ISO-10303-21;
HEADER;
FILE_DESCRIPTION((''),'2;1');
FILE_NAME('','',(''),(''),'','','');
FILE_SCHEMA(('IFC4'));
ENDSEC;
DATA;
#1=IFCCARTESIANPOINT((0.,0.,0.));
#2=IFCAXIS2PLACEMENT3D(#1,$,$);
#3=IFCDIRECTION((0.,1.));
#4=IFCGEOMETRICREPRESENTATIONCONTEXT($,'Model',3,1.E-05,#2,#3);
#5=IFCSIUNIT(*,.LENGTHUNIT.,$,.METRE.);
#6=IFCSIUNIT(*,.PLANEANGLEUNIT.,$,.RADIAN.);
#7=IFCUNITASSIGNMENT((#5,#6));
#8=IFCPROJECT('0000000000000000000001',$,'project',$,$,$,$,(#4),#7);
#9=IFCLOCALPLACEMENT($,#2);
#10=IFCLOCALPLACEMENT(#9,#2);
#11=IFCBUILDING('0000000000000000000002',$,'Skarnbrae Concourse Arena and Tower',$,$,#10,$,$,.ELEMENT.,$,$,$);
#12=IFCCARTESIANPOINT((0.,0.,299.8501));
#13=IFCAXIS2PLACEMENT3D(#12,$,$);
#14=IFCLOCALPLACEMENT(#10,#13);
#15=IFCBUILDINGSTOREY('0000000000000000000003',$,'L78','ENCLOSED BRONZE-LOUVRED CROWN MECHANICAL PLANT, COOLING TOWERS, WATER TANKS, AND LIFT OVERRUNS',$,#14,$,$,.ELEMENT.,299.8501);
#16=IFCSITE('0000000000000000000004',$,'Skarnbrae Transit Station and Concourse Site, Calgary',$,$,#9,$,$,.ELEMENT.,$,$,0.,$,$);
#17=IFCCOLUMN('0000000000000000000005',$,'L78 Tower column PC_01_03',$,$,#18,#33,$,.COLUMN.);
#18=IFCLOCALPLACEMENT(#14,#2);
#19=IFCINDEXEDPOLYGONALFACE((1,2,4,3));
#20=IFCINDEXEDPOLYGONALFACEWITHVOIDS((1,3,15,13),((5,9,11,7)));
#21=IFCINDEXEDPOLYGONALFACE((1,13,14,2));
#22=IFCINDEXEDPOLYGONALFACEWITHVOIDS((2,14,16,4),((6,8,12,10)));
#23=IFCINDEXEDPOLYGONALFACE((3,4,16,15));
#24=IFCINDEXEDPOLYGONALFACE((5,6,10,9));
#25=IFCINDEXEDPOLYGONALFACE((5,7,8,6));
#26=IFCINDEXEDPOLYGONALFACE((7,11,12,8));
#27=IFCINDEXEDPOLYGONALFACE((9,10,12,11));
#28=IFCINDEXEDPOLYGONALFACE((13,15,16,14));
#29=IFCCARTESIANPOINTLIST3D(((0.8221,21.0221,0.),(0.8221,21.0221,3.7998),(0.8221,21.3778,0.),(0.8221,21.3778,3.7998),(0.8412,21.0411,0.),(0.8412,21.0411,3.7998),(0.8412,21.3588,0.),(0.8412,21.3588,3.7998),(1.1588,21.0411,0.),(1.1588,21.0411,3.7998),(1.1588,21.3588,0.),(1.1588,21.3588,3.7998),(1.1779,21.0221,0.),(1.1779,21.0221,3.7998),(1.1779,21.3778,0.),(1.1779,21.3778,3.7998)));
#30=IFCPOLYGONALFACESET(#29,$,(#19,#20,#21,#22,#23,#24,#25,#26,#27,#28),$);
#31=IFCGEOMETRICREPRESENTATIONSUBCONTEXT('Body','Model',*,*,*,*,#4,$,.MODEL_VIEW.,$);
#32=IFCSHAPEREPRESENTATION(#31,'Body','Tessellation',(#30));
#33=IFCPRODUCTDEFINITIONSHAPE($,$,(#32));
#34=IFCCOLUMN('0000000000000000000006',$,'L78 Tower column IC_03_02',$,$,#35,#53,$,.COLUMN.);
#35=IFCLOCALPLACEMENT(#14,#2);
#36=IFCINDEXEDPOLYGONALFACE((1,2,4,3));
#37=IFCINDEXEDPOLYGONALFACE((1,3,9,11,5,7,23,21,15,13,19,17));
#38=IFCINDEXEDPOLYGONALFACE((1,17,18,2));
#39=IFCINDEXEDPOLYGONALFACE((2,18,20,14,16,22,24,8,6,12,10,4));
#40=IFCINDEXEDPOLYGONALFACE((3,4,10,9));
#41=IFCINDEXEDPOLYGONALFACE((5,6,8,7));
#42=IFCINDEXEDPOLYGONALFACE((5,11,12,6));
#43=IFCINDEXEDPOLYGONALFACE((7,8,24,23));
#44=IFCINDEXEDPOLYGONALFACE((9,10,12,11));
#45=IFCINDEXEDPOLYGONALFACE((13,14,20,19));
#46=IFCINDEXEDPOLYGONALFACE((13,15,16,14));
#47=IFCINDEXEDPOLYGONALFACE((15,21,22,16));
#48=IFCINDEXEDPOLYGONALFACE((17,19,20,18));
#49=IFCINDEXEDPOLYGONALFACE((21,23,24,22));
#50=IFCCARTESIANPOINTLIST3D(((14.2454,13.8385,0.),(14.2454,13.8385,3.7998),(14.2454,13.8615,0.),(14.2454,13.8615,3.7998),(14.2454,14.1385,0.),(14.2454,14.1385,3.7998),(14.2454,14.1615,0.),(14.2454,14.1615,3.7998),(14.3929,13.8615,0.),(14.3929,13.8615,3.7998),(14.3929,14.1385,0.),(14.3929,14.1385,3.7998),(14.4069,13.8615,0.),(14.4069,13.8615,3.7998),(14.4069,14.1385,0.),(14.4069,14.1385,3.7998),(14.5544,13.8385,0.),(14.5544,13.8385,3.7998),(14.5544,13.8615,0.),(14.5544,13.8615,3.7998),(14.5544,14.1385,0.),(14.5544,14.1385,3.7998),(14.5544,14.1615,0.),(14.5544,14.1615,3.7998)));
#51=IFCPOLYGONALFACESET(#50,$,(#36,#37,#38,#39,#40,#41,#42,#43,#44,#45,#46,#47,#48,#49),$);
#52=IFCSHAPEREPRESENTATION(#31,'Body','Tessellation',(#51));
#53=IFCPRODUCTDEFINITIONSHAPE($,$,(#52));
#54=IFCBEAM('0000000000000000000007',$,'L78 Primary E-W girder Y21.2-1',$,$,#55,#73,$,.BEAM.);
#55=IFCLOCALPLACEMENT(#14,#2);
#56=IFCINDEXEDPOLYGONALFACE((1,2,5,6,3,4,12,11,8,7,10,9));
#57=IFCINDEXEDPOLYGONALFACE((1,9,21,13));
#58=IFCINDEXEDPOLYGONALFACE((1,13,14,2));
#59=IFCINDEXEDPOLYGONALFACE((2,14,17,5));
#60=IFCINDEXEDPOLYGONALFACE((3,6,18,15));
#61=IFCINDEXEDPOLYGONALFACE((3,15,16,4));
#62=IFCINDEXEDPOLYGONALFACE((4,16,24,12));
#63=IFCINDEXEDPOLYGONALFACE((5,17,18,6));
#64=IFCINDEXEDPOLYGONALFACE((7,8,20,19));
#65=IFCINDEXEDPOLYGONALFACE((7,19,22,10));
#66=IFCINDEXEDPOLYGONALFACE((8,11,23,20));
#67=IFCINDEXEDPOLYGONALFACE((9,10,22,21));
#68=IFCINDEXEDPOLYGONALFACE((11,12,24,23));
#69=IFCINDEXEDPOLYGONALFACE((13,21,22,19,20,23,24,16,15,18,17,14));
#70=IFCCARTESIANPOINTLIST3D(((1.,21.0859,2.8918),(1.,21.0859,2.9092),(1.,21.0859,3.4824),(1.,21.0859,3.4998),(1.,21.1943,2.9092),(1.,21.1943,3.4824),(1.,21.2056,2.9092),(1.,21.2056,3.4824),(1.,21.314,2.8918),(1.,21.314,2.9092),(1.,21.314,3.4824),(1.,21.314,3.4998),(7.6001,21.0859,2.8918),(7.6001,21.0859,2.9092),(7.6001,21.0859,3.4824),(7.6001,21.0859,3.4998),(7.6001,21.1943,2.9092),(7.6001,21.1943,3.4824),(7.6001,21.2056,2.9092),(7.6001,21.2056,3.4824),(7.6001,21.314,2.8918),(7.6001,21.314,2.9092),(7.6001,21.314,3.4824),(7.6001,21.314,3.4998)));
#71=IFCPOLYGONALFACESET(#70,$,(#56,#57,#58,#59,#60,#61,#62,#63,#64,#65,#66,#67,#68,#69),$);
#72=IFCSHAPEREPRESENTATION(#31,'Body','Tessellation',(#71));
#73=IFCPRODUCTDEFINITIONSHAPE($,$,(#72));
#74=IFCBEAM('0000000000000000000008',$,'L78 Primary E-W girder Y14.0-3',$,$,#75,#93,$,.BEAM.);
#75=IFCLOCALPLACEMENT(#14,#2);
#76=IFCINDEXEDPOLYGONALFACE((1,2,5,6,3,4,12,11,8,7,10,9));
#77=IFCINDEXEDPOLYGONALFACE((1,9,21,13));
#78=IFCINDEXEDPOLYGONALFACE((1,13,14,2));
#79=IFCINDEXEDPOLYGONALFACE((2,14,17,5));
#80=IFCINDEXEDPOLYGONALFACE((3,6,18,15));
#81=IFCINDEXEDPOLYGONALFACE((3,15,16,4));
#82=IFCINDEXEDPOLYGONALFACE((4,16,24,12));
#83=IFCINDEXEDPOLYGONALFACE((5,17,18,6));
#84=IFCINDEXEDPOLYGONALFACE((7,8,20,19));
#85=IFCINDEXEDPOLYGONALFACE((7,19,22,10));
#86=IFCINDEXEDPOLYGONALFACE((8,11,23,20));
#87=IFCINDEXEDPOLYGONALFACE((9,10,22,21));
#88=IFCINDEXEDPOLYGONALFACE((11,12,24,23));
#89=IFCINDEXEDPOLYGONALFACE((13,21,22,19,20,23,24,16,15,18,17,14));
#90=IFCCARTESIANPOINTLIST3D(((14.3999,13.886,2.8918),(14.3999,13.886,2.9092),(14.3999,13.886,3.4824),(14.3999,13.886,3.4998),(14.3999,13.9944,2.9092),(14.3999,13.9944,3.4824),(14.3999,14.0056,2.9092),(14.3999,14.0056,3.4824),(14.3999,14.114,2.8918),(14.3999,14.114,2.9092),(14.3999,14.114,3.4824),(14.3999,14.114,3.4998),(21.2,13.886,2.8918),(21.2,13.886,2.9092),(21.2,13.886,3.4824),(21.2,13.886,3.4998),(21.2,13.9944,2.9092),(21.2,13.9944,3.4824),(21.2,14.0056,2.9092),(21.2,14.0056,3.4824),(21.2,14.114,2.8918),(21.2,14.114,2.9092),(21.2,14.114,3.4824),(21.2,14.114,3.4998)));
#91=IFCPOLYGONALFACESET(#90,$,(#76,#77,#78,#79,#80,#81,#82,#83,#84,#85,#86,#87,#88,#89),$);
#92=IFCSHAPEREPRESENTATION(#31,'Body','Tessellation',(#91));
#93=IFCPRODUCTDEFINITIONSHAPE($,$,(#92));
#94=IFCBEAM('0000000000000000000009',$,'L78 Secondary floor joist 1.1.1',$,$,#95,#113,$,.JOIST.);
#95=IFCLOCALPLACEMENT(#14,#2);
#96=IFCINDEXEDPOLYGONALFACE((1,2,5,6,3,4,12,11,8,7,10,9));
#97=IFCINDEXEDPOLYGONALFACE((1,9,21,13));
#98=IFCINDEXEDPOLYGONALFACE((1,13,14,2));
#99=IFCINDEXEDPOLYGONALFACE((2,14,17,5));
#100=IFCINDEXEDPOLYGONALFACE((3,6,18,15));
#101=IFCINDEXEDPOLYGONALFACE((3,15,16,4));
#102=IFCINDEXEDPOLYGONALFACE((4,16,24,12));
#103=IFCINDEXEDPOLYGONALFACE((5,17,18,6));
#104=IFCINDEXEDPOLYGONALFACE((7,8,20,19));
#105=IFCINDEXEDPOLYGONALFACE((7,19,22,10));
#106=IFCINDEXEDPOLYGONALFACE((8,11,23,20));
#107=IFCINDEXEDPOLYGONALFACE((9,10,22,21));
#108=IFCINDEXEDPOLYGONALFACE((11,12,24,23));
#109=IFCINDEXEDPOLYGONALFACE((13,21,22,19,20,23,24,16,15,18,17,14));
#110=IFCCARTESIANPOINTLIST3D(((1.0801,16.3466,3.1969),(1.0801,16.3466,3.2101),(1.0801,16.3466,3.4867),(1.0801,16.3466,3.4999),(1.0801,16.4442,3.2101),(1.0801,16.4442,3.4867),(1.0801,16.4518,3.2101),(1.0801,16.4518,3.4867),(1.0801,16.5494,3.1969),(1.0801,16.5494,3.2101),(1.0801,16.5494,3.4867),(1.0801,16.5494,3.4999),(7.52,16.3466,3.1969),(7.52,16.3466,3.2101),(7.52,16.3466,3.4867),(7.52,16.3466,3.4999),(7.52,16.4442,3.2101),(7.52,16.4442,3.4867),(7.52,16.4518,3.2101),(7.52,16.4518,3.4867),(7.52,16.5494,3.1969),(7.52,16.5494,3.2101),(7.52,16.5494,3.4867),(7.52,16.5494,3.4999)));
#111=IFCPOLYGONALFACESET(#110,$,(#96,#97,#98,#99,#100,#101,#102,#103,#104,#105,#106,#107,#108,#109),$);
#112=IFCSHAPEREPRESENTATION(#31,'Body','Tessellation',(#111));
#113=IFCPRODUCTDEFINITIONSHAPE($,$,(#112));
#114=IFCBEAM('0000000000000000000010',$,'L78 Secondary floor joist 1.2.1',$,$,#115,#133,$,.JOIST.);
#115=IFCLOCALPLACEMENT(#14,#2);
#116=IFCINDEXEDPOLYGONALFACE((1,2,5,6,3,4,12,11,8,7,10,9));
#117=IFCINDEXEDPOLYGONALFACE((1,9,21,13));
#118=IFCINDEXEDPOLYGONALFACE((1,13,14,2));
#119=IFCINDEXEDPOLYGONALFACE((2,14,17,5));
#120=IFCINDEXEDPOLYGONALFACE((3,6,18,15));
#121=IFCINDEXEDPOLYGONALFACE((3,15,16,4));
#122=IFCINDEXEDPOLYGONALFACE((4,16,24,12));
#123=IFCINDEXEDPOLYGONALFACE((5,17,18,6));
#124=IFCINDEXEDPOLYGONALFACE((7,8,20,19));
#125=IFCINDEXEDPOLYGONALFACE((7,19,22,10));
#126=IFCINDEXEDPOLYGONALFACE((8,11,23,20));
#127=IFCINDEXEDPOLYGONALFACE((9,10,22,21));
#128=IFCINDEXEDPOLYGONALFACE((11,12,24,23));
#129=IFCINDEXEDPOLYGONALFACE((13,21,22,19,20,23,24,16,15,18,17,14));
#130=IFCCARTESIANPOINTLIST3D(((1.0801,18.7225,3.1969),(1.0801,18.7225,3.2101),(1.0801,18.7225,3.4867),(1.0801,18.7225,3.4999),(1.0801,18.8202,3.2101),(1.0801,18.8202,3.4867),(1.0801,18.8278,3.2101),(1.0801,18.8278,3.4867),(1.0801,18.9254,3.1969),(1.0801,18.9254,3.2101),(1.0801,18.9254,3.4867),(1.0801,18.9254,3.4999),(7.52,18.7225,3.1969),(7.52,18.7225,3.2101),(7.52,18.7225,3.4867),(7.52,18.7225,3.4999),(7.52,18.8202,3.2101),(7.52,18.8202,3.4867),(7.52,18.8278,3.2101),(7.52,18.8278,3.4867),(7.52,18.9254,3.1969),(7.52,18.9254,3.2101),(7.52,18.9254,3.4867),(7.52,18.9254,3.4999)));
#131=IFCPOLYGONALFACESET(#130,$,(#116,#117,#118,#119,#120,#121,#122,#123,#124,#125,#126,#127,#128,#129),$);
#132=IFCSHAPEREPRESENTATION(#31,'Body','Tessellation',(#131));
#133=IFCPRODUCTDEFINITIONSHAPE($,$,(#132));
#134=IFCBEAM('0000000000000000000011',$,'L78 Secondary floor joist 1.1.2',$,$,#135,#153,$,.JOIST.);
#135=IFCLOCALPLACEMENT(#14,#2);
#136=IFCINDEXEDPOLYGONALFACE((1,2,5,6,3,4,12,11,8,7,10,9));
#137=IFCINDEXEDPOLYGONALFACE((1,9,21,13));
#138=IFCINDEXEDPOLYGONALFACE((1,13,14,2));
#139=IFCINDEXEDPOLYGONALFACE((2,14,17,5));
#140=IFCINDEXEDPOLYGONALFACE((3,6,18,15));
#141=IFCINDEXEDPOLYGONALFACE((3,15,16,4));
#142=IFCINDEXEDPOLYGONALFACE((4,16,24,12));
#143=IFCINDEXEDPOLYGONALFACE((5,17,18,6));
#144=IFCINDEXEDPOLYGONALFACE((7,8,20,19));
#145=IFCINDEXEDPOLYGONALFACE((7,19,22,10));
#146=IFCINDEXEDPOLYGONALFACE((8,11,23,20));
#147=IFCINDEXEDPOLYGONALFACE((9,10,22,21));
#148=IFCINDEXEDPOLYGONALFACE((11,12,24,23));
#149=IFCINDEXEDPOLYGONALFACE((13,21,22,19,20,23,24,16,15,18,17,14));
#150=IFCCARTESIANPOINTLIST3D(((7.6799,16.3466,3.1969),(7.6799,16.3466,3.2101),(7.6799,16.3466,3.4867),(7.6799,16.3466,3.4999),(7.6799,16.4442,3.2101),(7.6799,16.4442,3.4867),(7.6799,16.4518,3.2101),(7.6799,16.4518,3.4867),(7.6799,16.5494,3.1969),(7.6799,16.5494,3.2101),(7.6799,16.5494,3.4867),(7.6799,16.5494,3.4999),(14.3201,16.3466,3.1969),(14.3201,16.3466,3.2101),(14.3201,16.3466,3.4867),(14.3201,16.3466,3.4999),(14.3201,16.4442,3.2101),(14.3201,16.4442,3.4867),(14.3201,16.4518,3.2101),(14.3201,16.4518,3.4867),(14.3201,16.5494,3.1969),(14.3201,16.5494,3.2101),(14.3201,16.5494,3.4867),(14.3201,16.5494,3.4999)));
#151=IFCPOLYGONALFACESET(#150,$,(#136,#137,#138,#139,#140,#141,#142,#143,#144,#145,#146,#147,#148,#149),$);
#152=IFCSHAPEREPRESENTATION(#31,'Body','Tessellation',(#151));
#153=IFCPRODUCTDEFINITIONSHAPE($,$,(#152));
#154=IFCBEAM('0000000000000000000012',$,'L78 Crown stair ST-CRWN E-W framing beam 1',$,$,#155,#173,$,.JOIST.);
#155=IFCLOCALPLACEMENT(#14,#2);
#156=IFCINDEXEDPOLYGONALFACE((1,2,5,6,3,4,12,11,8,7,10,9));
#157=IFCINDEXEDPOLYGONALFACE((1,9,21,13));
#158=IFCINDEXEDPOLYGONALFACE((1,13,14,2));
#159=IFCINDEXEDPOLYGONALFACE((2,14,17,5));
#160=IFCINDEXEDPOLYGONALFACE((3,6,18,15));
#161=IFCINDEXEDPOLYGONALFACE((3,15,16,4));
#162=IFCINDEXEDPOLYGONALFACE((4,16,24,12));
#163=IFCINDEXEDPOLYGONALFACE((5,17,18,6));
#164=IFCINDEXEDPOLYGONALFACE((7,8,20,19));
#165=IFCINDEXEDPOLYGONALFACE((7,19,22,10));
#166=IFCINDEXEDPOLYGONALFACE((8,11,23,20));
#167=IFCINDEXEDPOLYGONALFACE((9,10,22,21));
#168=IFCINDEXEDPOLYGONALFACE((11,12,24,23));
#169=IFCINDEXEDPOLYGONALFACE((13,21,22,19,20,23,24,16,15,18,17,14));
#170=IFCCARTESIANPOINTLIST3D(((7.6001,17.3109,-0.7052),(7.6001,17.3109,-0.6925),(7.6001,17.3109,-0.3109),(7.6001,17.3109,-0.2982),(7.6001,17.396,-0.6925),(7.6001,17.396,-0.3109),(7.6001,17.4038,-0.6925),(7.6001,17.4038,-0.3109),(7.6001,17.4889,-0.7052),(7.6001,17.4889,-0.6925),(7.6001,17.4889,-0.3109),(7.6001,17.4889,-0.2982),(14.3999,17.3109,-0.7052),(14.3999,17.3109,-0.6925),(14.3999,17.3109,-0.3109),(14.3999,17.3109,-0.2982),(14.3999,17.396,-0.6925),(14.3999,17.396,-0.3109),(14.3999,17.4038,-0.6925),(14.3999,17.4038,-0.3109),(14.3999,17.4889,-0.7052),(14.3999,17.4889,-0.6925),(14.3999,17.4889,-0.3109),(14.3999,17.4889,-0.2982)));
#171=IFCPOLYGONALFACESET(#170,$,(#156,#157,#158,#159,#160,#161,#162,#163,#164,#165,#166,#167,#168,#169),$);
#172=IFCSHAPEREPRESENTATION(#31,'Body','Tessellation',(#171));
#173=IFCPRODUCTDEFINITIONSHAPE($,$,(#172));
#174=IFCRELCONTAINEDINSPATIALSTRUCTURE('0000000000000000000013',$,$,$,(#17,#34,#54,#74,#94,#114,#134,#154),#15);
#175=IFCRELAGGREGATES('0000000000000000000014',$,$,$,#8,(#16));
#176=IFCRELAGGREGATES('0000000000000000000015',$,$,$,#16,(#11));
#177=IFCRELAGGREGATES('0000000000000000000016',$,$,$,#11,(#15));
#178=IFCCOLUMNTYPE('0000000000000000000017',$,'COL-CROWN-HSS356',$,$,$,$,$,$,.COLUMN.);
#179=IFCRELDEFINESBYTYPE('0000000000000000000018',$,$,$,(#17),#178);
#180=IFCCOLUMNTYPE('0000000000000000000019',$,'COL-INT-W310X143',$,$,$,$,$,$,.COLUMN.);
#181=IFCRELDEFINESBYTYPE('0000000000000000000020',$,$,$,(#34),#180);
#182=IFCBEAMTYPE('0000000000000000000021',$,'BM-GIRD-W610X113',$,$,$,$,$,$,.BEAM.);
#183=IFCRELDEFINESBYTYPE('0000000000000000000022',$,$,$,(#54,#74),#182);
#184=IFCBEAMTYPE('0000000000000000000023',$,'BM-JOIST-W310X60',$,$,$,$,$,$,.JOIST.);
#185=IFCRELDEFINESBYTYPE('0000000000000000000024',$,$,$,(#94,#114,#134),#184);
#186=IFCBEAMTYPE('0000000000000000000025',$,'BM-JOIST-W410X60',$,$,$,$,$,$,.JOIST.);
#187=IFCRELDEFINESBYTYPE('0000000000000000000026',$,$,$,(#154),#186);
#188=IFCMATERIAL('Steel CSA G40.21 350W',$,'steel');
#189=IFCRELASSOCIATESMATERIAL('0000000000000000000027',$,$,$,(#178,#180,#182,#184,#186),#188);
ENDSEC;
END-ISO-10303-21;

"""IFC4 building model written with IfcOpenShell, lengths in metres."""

from ifc_helpers import new_model, si_unit, direction, frame, origin, origin_2d, place, context, subcontext, project, spatial, hollow_rectangle, i_section, extrude, source, transform, mapped, material, material_profile, profile_set, type_object, element, save


model = new_model("IFC4")

# Units and contexts
model_context = context("Model", 3, precision=1e-05, world=origin(), true_north=direction((0.0, 1.0)))
body_context = subcontext(model_context, "Body", "Model", "MODEL_VIEW")
ifc_project = project(units=[si_unit("LENGTHUNIT", "METRE"), si_unit("PLANEANGLEUNIT", "RADIAN")], contexts=[model_context])

# Site, building, storey
site_placement = place(None, origin())
site = spatial("IfcSite", under=ifc_project, at=site_placement, Name="Skarnbrae Transit Station and Concourse Site, Calgary", CompositionType="ELEMENT", RefElevation=0.0)
building_placement = place(site_placement, origin())
building = spatial("IfcBuilding", under=site, at=building_placement, Name="Skarnbrae Concourse Arena and Tower", CompositionType="ELEMENT")
storey_placement = place(building_placement, frame((0.0, 0.0, 299.8501)))
storey = spatial("IfcBuildingStorey", under=building, at=storey_placement, Name="L78", Description="ENCLOSED BRONZE-LOUVRED CROWN MECHANICAL PLANT, COOLING TOWERS, WATER TANKS, AND LIFT OVERRUNS", CompositionType="ELEMENT", Elevation=299.8501)

# Columns
ifc_material_1 = material(Name="Steel CSA G40.21 350W", Category="steel")
ifc_material_profile_1 = material_profile(ifc_material_1, hollow_rectangle(XDim=0.3557, YDim=0.3557, WallThickness=0.019, at=origin_2d()), Name="HSS356X356X19.0")
ifc_profile_set_1 = profile_set([ifc_material_profile_1], Name="Steel CSA G40.21 350W")
column_type_1 = type_object("IfcColumnType", Name="COL-CROWN-HSS356", PredefinedType="COLUMN", material=ifc_profile_set_1)
shared_shape_1 = source(origin(), body_context, "Body", "SweptSolid", [
    extrude(hollow_rectangle(XDim=0.3557, YDim=0.3557, WallThickness=0.019, at=origin_2d()), origin(), (0.0, 0.0, 1.0), 3.7998),
])
column_1_placement = place(storey_placement, frame((1.0, 21.2, 0.0), z_axis=(0.0, 0.0, 1.0), x_axis=(1.0, 0.0, 0.0)))
element("IfcColumn", 1, at=column_1_placement, inside=storey, type_object=column_type_1, Name="L78 Tower column PC_01_03", PredefinedType="COLUMN", context=body_context, shape_type="MappedRepresentation", body=[
    mapped(shared_shape_1, transform((0.0, 0.0, 0.0))),
])
ifc_material_profile_2 = material_profile(ifc_material_1, i_section(OverallWidth=0.3091, OverallDepth=0.323, WebThickness=0.0139, FlangeThickness=0.0229, at=origin_2d()), Name="W310X143")
ifc_profile_set_2 = profile_set([ifc_material_profile_2], Name="Steel CSA G40.21 350W")
column_type_2 = type_object("IfcColumnType", Name="COL-INT-W310X143", PredefinedType="COLUMN", material=ifc_profile_set_2)
shared_shape_2 = source(origin(), body_context, "Body", "SweptSolid", [
    extrude(i_section(OverallWidth=0.3091, OverallDepth=0.323, WebThickness=0.0139, FlangeThickness=0.0229, at=origin_2d()), origin(), (0.0, 0.0, 1.0), 3.7998),
])
column_2_placement = place(storey_placement, frame((14.3999, 14.0, 0.0), z_axis=(0.0, 0.0, 1.0), x_axis=(1.0, 0.0, 0.0)))
element("IfcColumn", 2, at=column_2_placement, inside=storey, type_object=column_type_2, Name="L78 Tower column IC_03_02", PredefinedType="COLUMN", context=body_context, shape_type="MappedRepresentation", body=[
    mapped(shared_shape_2, transform((0.0, 0.0, 0.0))),
])

# Beams
ifc_material_profile_3 = material_profile(ifc_material_1, i_section(OverallWidth=0.228, OverallDepth=0.6079, WebThickness=0.0112, FlangeThickness=0.0173, at=origin_2d()), Name="W610X113")
ifc_profile_set_3 = profile_set([ifc_material_profile_3], Name="Steel CSA G40.21 350W")
beam_type_1 = type_object("IfcBeamType", Name="BM-GIRD-W610X113", PredefinedType="BEAM", material=ifc_profile_set_3)
shared_shape_3 = source(origin(), body_context, "Body", "SweptSolid", [
    extrude(i_section(OverallWidth=0.228, OverallDepth=0.6079, WebThickness=0.0112, FlangeThickness=0.0173, at=origin_2d()), origin(), (0.0, 0.0, 1.0), 6.6001),
])
beam_1_placement = place(storey_placement, frame((1.0, 21.2, 3.1958), z_axis=(1.0, 0.0, 0.0), x_axis=(0.0, 1.0, 0.0)))
element("IfcBeam", 3, at=beam_1_placement, inside=storey, type_object=beam_type_1, Name="L78 Primary E-W girder Y21.2-1", PredefinedType="BEAM", context=body_context, shape_type="MappedRepresentation", body=[
    mapped(shared_shape_3, transform((0.0, 0.0, 0.0))),
])
shared_shape_4 = source(origin(), body_context, "Body", "SweptSolid", [
    extrude(i_section(OverallWidth=0.228, OverallDepth=0.6079, WebThickness=0.0112, FlangeThickness=0.0173, at=origin_2d()), origin(), (0.0, 0.0, 1.0), 6.8),
])
beam_2_placement = place(storey_placement, frame((14.3999, 14.0, 3.1958), z_axis=(1.0, 0.0, 0.0), x_axis=(0.0, 1.0, 0.0)))
element("IfcBeam", 4, at=beam_2_placement, inside=storey, type_object=beam_type_1, Name="L78 Primary E-W girder Y14.0-3", PredefinedType="BEAM", context=body_context, shape_type="MappedRepresentation", body=[
    mapped(shared_shape_4, transform((0.0, 0.0, 0.0))),
])
ifc_material_profile_4 = material_profile(ifc_material_1, i_section(OverallWidth=0.2029, OverallDepth=0.303, WebThickness=0.0076, FlangeThickness=0.0132, at=origin_2d()), Name="W310X60")
ifc_profile_set_4 = profile_set([ifc_material_profile_4], Name="Steel CSA G40.21 350W")
beam_type_2 = type_object("IfcBeamType", Name="BM-JOIST-W310X60", PredefinedType="JOIST", material=ifc_profile_set_4)
shared_shape_5 = source(origin(), body_context, "Body", "SweptSolid", [
    extrude(i_section(OverallWidth=0.2029, OverallDepth=0.303, WebThickness=0.0076, FlangeThickness=0.0132, at=origin_2d()), origin(), (0.0, 0.0, 1.0), 6.4399),
])
for number, where, z_axis, x_axis, name in (
    (5, (1.0801, 16.448, 3.3484), (1.0, 0.0, 0.0), (0.0, 1.0, 0.0), "L78 Secondary floor joist 1.1.1"),
    (6, (1.0801, 18.824, 3.3484), (1.0, 0.0, 0.0), (0.0, 1.0, 0.0), "L78 Secondary floor joist 1.2.1"),
):
    element("IfcBeam", number, at=place(storey_placement, frame(where, z_axis=z_axis, x_axis=x_axis)), inside=storey, type_object=beam_type_2, Name=name, PredefinedType="JOIST", context=body_context, shape_type="MappedRepresentation", body=[
        mapped(shared_shape_5, transform((0.0, 0.0, 0.0))),
    ])
shared_shape_6 = source(origin(), body_context, "Body", "SweptSolid", [
    extrude(i_section(OverallWidth=0.2029, OverallDepth=0.303, WebThickness=0.0076, FlangeThickness=0.0132, at=origin_2d()), origin(), (0.0, 0.0, 1.0), 6.6401),
])
beam_3_placement = place(storey_placement, frame((7.6799, 16.448, 3.3484), z_axis=(1.0, 0.0, 0.0), x_axis=(0.0, 1.0, 0.0)))
element("IfcBeam", 7, at=beam_3_placement, inside=storey, type_object=beam_type_2, Name="L78 Secondary floor joist 1.1.2", PredefinedType="JOIST", context=body_context, shape_type="MappedRepresentation", body=[
    mapped(shared_shape_6, transform((0.0, 0.0, 0.0))),
])
ifc_material_profile_5 = material_profile(ifc_material_1, i_section(OverallWidth=0.178, OverallDepth=0.407, WebThickness=0.0078, FlangeThickness=0.0127, at=origin_2d()), Name="W410X60")
ifc_profile_set_5 = profile_set([ifc_material_profile_5], Name="Steel CSA G40.21 350W")
beam_type_3 = type_object("IfcBeamType", Name="BM-JOIST-W410X60", PredefinedType="JOIST", material=ifc_profile_set_5)
shared_shape_7 = source(origin(), body_context, "Body", "SweptSolid", [
    extrude(i_section(OverallWidth=0.178, OverallDepth=0.407, WebThickness=0.0078, FlangeThickness=0.0127, at=origin_2d()), origin(), (0.0, 0.0, 1.0), 6.7998),
])
for number, where, z_axis, x_axis, name in (
    (8, (7.6001, 17.3999, -0.5017), (1.0, 0.0, 0.0), (0.0, 1.0, 0.0), "L78 Crown stair ST-CRWN E-W framing beam 1"),
):
    element("IfcBeam", number, at=place(storey_placement, frame(where, z_axis=z_axis, x_axis=x_axis)), inside=storey, type_object=beam_type_3, Name=name, PredefinedType="JOIST", context=body_context, shape_type="MappedRepresentation", body=[
        mapped(shared_shape_7, transform((0.0, 0.0, 0.0))),
    ])

save(model, "model.ifc")
